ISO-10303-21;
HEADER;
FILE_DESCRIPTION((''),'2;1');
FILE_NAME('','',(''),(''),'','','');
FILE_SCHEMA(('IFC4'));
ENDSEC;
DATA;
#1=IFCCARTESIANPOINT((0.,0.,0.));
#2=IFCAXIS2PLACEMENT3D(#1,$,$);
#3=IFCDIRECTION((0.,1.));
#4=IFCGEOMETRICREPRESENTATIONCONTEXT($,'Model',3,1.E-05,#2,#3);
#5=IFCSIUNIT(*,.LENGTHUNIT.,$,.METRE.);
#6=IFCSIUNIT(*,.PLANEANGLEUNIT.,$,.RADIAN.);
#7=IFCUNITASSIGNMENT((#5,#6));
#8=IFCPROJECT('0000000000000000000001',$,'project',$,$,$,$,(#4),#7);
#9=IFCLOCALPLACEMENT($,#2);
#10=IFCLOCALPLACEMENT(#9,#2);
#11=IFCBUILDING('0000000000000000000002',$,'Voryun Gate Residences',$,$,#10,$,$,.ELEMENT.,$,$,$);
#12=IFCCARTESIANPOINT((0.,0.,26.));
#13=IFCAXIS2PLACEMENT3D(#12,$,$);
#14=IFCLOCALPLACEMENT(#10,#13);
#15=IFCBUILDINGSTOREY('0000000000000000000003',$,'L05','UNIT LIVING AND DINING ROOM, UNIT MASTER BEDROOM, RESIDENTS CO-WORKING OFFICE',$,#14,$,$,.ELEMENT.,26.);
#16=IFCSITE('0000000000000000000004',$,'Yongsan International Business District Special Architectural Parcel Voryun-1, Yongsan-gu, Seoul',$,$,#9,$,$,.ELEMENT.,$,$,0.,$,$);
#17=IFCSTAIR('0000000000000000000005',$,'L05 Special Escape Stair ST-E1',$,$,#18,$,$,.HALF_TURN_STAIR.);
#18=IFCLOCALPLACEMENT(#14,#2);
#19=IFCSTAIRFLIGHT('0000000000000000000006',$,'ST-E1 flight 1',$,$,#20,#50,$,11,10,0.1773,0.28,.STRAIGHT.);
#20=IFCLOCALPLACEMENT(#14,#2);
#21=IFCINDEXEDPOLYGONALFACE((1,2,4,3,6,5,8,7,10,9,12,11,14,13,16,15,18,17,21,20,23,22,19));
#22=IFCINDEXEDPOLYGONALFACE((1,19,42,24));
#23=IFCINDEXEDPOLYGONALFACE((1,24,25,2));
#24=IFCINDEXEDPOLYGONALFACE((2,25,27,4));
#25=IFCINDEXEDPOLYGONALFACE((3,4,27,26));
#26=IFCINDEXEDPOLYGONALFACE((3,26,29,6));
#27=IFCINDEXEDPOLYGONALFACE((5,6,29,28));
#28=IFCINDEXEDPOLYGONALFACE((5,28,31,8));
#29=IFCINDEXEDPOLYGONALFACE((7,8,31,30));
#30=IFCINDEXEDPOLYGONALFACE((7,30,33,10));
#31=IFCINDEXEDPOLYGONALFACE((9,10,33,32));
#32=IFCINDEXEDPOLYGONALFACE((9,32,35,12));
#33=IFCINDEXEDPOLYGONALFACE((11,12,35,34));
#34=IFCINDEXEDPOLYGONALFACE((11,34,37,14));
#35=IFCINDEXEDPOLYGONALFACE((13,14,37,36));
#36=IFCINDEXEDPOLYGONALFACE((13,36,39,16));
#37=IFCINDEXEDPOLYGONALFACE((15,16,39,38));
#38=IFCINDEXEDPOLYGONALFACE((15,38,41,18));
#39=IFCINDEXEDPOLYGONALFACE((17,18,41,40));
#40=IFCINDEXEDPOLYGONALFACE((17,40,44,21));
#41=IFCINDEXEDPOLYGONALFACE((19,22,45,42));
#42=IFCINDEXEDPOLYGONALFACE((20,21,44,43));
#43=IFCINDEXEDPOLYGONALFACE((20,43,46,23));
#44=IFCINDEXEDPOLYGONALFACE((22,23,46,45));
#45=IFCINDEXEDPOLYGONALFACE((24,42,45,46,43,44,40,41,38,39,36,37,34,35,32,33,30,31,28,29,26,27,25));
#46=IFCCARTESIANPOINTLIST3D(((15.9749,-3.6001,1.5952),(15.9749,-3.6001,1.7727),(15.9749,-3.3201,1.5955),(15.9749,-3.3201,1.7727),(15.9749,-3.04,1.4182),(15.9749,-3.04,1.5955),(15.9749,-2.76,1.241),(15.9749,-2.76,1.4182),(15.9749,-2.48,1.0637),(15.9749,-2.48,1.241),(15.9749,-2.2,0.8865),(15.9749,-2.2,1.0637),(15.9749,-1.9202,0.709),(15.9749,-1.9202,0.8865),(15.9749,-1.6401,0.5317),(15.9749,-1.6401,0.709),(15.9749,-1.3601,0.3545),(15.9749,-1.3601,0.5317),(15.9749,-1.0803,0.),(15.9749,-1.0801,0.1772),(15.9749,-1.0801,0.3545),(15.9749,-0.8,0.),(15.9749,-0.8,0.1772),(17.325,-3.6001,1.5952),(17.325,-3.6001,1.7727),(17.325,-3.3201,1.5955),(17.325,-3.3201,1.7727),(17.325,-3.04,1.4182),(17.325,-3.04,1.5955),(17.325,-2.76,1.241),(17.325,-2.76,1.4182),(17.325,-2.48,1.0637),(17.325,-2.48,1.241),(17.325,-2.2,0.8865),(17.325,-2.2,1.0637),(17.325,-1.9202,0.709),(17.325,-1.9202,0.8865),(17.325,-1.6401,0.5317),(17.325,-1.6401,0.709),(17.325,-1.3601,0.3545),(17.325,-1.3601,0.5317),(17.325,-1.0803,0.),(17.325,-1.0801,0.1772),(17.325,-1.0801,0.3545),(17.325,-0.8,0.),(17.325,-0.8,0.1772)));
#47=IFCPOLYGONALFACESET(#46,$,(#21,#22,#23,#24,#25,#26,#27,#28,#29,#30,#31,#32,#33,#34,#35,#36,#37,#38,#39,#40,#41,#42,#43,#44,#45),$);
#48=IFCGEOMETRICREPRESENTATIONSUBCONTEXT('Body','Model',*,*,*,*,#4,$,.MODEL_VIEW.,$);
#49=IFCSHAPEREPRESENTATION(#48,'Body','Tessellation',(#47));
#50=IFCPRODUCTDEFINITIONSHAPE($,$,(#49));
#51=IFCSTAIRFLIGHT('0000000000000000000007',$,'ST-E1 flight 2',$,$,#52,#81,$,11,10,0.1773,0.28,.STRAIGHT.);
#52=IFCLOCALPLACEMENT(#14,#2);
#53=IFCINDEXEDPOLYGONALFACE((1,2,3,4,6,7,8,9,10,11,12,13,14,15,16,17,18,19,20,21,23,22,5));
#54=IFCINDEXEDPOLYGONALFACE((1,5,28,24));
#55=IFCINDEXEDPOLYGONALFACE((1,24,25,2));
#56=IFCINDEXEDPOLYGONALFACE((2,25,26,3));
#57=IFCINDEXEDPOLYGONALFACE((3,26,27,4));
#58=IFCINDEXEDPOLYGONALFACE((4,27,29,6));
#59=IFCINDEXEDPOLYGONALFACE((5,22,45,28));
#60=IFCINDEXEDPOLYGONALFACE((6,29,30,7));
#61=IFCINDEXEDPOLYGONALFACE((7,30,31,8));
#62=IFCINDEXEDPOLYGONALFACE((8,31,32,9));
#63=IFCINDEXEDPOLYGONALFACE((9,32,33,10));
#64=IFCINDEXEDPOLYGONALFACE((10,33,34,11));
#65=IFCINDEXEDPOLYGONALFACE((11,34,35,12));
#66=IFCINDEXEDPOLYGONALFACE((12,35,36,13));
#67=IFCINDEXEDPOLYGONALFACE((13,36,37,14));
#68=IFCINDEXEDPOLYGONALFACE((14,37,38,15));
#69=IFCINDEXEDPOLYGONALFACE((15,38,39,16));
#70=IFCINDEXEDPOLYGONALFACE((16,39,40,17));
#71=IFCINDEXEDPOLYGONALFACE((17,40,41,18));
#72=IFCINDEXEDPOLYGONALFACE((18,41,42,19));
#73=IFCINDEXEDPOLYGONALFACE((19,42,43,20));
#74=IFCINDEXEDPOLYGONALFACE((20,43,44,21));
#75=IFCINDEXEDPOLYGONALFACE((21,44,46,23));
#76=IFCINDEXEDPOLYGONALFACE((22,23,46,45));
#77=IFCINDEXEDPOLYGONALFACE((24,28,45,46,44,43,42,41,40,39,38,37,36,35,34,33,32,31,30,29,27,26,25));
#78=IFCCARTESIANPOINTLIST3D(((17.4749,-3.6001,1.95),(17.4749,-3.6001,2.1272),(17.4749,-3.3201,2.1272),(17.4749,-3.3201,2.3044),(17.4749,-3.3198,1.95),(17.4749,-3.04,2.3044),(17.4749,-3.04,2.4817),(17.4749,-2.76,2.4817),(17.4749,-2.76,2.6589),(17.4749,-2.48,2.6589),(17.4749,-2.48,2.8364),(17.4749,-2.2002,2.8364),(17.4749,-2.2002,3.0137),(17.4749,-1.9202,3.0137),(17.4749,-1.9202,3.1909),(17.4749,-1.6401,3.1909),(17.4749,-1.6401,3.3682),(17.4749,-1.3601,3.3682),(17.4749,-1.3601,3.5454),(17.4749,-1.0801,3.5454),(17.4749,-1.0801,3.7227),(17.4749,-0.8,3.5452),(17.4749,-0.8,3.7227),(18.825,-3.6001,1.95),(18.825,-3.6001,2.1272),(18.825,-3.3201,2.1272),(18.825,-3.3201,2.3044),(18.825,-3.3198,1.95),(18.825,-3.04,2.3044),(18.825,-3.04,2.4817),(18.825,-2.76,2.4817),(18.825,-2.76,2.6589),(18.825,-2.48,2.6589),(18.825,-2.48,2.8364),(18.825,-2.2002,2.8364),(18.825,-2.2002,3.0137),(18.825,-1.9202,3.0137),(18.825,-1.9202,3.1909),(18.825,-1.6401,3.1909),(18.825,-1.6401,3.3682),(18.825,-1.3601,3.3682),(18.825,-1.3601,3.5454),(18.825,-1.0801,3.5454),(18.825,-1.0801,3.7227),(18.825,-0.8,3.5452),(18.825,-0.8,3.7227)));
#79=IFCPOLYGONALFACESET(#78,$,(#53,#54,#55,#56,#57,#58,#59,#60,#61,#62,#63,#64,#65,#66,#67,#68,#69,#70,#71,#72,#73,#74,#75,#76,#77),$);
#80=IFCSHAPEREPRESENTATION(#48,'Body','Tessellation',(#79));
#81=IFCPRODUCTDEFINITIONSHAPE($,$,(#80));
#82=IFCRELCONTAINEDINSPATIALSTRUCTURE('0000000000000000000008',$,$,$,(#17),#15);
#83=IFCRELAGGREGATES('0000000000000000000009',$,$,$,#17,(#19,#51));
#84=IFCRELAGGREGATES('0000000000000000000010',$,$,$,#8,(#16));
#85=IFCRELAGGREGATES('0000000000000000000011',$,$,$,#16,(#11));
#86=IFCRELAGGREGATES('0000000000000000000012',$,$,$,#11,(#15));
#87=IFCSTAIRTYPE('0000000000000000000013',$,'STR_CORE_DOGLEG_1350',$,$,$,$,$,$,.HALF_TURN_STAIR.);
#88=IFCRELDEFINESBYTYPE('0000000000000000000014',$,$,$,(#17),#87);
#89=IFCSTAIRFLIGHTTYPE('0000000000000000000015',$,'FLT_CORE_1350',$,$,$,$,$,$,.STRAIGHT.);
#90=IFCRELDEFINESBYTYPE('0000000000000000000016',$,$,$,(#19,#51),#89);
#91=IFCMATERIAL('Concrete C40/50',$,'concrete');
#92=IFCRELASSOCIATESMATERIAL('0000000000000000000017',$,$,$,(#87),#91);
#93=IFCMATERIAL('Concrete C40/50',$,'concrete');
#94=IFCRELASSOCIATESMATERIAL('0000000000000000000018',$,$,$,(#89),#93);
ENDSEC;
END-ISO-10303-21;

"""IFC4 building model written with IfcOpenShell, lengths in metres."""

from ifc_helpers import new_model, si_unit, direction, frame, origin, place, context, subcontext, project, spatial, polyline, outline, extrude, material, type_object, element, aggregate, save


model = new_model("IFC4")

# Units and contexts
model_context = context("Model", 3, precision=1e-05, world=origin(), true_north=direction((0.0, 1.0)))
body_context = subcontext(model_context, "Body", "Model", "MODEL_VIEW")
ifc_project = project(units=[si_unit("LENGTHUNIT", "METRE"), si_unit("PLANEANGLEUNIT", "RADIAN")], contexts=[model_context])

# Site, building, storey
site_placement = place(None, origin())
site = spatial("IfcSite", under=ifc_project, at=site_placement, Name="Yongsan International Business District Special Architectural Parcel Voryun-1, Yongsan-gu, Seoul", CompositionType="ELEMENT", RefElevation=0.0)
building_placement = place(site_placement, origin())
building = spatial("IfcBuilding", under=site, at=building_placement, Name="Voryun Gate Residences", CompositionType="ELEMENT")
storey_placement = place(building_placement, frame((0.0, 0.0, 26.0)))
storey = spatial("IfcBuildingStorey", under=building, at=storey_placement, Name="L05", Description="UNIT LIVING AND DINING ROOM, UNIT MASTER BEDROOM, RESIDENTS CO-WORKING OFFICE", CompositionType="ELEMENT", Elevation=26.0)

# Stair, stair flights
ifc_material_1 = material(Name="Concrete C40/50", Category="concrete")
stair_type = type_object("IfcStairType", Name="STR_CORE_DOGLEG_1350", PredefinedType="HALF_TURN_STAIR", material=ifc_material_1)
stair_placement = place(storey_placement, origin())
stair = element("IfcStair", 1, at=stair_placement, inside=storey, type_object=stair_type, Name="L05 Special Escape Stair ST-E1", PredefinedType="HALF_TURN_STAIR")
ifc_material_2 = material(Name="Concrete C40/50", Category="concrete")
stair_flight_type = type_object("IfcStairFlightType", Name="FLT_CORE_1350", PredefinedType="STRAIGHT", material=ifc_material_2)
stair_flight_1_placement = place(storey_placement, frame((16.6499, -0.8, 0.0), z_axis=(0.0, 0.0, 1.0), x_axis=(0.0, -1.0, 0.0)))
stair_flight_1 = element("IfcStairFlight", 2, at=stair_flight_1_placement, type_object=stair_flight_type, Name="ST-E1 flight 1", NumberOfRisers=11, NumberOfTreads=10, PredefinedType="STRAIGHT", RiserHeight=0.1773, TreadLength=0.28, context=body_context, shape_type="SweptSolid", body=[
    extrude(outline(polyline([(0.0, 0.0), (0.0, 0.1772), (0.28, 0.1772), (0.28, 0.3545), (0.5601, 0.3545), (0.5601, 0.5317), (0.8401, 0.5317), (0.8401, 0.709), (1.1201, 0.709), (1.1201, 0.8865), (1.3999, 0.8865), (1.3999, 1.0637), (1.6799, 1.0637), (1.6799, 1.241), (1.96, 1.241), (1.96, 1.4182), (2.24, 1.4182), (2.24, 1.5955), (2.52, 1.5955), (2.52, 1.7727), (2.8, 1.7727), (2.8, 1.95), (2.8, 1.5952), (0.2803, 0.0), (0.0, 0.0)])), frame((0.0, 0.675, 0.0), z_axis=(0.0, -1.0, 0.0), x_axis=(1.0, 0.0, 0.0)), (0.0, 0.0, 1.0), 1.3501),
])
stair_flight_2_placement = place(storey_placement, frame((18.1499, -3.6001, 1.95), z_axis=(0.0, 0.0, 1.0), x_axis=(0.0, 1.0, 0.0)))
stair_flight_2 = element("IfcStairFlight", 3, at=stair_flight_2_placement, type_object=stair_flight_type, Name="ST-E1 flight 2", NumberOfRisers=11, NumberOfTreads=10, PredefinedType="STRAIGHT", RiserHeight=0.1773, TreadLength=0.28, context=body_context, shape_type="SweptSolid", body=[
    extrude(outline(polyline([(0.0, 0.0), (0.0, 0.1772), (0.28, 0.1772), (0.28, 0.3545), (0.5601, 0.3545), (0.5601, 0.5317), (0.8401, 0.5317), (0.8401, 0.709), (1.1201, 0.709), (1.1201, 0.8865), (1.3999, 0.8865), (1.3999, 1.0637), (1.6799, 1.0637), (1.6799, 1.241), (1.96, 1.241), (1.96, 1.4182), (2.24, 1.4182), (2.24, 1.5955), (2.52, 1.5955), (2.52, 1.7727), (2.8, 1.7727), (2.8, 1.95), (2.8, 1.5952), (0.2803, 0.0), (0.0, 0.0)])), frame((0.0, 0.675, 0.0), z_axis=(0.0, -1.0, 0.0), x_axis=(1.0, 0.0, 0.0)), (0.0, 0.0, 1.0), 1.3501),
])
aggregate(stair, [stair_flight_1, stair_flight_2])

save(model, "model.ifc")
